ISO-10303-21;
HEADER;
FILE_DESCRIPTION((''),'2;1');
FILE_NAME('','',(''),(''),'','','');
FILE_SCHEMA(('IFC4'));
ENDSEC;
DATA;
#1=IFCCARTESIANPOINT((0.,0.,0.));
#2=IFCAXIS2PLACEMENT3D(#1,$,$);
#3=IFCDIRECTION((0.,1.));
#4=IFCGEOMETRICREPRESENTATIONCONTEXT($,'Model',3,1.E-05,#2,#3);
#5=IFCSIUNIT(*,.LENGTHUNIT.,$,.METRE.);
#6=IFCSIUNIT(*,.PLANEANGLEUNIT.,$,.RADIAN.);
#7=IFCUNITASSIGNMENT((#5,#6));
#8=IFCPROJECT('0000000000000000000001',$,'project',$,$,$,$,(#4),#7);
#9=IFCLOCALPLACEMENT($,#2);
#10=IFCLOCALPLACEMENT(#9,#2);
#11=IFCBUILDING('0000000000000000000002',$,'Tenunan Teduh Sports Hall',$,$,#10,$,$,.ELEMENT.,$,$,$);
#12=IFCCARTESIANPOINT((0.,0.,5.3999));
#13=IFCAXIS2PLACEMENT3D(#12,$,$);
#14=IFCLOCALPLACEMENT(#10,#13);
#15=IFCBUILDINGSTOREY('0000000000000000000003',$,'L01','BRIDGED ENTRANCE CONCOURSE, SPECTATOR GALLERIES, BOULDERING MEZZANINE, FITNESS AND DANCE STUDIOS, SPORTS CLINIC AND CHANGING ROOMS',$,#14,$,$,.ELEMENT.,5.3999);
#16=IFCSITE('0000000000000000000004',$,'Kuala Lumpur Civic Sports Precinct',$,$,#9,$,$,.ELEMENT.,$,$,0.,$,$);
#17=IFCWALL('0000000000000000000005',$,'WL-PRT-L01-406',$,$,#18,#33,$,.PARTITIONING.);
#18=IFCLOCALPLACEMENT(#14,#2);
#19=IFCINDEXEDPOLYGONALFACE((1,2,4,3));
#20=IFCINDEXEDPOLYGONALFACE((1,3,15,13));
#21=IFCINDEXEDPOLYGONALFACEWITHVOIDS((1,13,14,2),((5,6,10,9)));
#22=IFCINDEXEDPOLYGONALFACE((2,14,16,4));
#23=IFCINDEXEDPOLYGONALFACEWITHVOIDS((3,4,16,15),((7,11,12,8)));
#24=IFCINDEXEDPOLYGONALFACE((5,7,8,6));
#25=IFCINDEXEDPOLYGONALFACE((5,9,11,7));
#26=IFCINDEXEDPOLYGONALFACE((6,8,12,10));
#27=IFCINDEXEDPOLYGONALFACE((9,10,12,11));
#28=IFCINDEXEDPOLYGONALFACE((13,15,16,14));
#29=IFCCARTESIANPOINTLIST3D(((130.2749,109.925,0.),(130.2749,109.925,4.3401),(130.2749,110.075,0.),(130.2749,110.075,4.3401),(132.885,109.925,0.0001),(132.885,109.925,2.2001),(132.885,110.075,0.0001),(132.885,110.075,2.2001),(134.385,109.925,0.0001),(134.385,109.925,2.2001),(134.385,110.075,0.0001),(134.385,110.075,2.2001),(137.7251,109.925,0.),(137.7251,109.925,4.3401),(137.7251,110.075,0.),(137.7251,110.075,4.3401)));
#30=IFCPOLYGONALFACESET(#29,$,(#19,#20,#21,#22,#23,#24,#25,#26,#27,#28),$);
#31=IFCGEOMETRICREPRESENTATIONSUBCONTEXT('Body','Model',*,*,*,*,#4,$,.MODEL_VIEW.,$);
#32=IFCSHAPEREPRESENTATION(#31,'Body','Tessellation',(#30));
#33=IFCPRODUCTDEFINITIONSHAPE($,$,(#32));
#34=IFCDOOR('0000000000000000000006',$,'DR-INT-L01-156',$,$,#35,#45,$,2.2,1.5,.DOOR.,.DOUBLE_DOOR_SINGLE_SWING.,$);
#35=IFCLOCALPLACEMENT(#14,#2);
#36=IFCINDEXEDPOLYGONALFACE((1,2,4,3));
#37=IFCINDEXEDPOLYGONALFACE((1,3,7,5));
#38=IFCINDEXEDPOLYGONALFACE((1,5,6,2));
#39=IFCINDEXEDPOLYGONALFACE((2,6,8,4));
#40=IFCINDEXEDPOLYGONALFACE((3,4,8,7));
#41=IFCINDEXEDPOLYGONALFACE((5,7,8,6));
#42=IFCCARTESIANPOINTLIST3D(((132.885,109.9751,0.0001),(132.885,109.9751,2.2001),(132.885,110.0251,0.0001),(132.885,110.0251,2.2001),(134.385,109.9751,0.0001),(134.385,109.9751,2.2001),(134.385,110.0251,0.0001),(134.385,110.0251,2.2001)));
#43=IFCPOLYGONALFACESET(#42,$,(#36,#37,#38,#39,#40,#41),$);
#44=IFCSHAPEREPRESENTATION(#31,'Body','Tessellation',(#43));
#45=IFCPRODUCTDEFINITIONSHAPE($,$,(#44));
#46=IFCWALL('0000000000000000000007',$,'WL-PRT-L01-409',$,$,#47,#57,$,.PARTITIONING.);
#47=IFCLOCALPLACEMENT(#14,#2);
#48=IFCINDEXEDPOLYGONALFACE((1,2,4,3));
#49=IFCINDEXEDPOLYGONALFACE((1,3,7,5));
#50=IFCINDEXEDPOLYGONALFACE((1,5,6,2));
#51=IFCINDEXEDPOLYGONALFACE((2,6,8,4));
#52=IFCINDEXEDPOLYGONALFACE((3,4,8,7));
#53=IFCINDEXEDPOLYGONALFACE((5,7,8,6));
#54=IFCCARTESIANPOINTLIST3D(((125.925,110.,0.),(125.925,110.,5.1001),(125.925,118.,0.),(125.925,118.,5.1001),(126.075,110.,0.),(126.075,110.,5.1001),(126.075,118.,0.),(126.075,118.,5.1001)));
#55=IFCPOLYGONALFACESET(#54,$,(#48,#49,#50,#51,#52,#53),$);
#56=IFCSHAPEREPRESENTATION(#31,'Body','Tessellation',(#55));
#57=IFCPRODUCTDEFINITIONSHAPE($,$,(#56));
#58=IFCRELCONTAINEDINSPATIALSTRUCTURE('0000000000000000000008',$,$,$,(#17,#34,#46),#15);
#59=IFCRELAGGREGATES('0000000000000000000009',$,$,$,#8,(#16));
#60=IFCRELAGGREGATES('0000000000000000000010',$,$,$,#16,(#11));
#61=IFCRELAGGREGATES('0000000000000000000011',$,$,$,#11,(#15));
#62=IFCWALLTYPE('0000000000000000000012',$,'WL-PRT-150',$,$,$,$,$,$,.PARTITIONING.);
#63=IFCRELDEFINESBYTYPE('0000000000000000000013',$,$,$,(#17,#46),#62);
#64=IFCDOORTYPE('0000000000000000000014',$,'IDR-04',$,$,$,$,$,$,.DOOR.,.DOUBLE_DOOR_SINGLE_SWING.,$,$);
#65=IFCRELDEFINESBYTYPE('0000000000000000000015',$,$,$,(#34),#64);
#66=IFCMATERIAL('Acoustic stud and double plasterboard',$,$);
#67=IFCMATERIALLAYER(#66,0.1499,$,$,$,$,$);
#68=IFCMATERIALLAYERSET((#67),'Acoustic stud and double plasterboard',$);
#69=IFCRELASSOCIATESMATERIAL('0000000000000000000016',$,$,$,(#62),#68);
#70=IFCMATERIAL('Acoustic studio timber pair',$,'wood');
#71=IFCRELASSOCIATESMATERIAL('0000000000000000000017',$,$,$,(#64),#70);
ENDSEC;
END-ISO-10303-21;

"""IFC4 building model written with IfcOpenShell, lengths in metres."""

from ifc_helpers import new_model, si_unit, direction, frame, frame_2d, origin, place, context, subcontext, project, spatial, rectangle, extrude, material, layer, layer_set, type_object, element, fill, save


model = new_model("IFC4")

# Units and contexts
model_context = context("Model", 3, precision=1e-05, world=origin(), true_north=direction((0.0, 1.0)))
body_context = subcontext(model_context, "Body", "Model", "MODEL_VIEW")
ifc_project = project(units=[si_unit("LENGTHUNIT", "METRE"), si_unit("PLANEANGLEUNIT", "RADIAN")], contexts=[model_context])

# Site, building, storey
site_placement = place(None, origin())
site = spatial("IfcSite", under=ifc_project, at=site_placement, Name="Kuala Lumpur Civic Sports Precinct", CompositionType="ELEMENT", RefElevation=0.0)
building_placement = place(site_placement, origin())
building = spatial("IfcBuilding", under=site, at=building_placement, Name="Tenunan Teduh Sports Hall", CompositionType="ELEMENT")
storey_placement = place(building_placement, frame((0.0, 0.0, 5.3999)))
storey = spatial("IfcBuildingStorey", under=building, at=storey_placement, Name="L01", Description="BRIDGED ENTRANCE CONCOURSE, SPECTATOR GALLERIES, BOULDERING MEZZANINE, FITNESS AND DANCE STUDIOS, SPORTS CLINIC AND CHANGING ROOMS", CompositionType="ELEMENT", Elevation=5.3999)

# Shared definitions
ifc_material_1 = material(Name="Acoustic stud and double plasterboard")
ifc_layer = layer(ifc_material_1, 0.1499)
ifc_layer_set = layer_set([ifc_layer], Name="Acoustic stud and double plasterboard")
wall_type = type_object("IfcWallType", Name="WL-PRT-150", PredefinedType="PARTITIONING", material=ifc_layer_set)

# Wall, opening, door
wall_1_placement = place(storey_placement, frame((130.2749, 110.0, 0.0), z_axis=(0.0, 0.0, 1.0), x_axis=(1.0, 0.0, 0.0)))
wall_1 = element("IfcWall", 1, at=wall_1_placement, inside=storey, type_object=wall_type, Name="WL-PRT-L01-406", PredefinedType="PARTITIONING", context=body_context, shape_type="SweptSolid", body=[
    extrude(rectangle(XDim=7.4502, YDim=0.1499, at=frame_2d((3.7251, 0.0))), origin(), (0.0, 0.0, 1.0), 4.3401),
])
opening_placement = place(wall_1_placement, frame((2.6101, 0.0, 0.0)))
opening = element("IfcOpeningElement", 2, at=opening_placement, cuts=wall_1, PredefinedType="OPENING", context=body_context, shape_type="SweptSolid", body=[
    extrude(rectangle(XDim=1.5, YDim=2.2, at=frame_2d((0.75, 1.1001))), frame((0.0, 0.085, 0.0), z_axis=(0.0, -1.0, 0.0), x_axis=(1.0, 0.0, 0.0)), (0.0, 0.0, 1.0), 0.1699),
])
ifc_material_2 = material(Name="Acoustic studio timber pair", Category="wood")
door_type = type_object("IfcDoorType", Name="IDR-04", OperationType="DOUBLE_DOOR_SINGLE_SWING", PredefinedType="DOOR", material=ifc_material_2)
door_placement = place(opening_placement, frame((1.5, 0.0, 0.0), z_axis=(0.0, 0.0, 1.0), x_axis=(-1.0, 0.0, 0.0)))
door = element("IfcDoor", 3, at=door_placement, inside=storey, type_object=door_type, Name="DR-INT-L01-156", OperationType="DOUBLE_DOOR_SINGLE_SWING", OverallHeight=2.2, OverallWidth=1.5, PredefinedType="DOOR", context=body_context, shape_type="SweptSolid", body=[
    extrude(rectangle(XDim=1.5, YDim=2.2, at=frame_2d((0.75, 1.1001))), frame((0.0, 0.0249, 0.0), z_axis=(0.0, -1.0, 0.0), x_axis=(1.0, 0.0, 0.0)), (0.0, 0.0, 1.0), 0.05),
])
fill(opening, door)

# Wall
wall_2_placement = place(storey_placement, frame((126.0, 110.0, 0.0), z_axis=(0.0, 0.0, 1.0), x_axis=(0.0, 1.0, 0.0)))
element("IfcWall", 4, at=wall_2_placement, inside=storey, type_object=wall_type, Name="WL-PRT-L01-409", PredefinedType="PARTITIONING", context=body_context, shape_type="SweptSolid", body=[
    extrude(rectangle(XDim=8.0, YDim=0.1499, at=frame_2d((4.0, 0.0))), origin(), (0.0, 0.0, 1.0), 5.1001),
])

save(model, "model.ifc")
